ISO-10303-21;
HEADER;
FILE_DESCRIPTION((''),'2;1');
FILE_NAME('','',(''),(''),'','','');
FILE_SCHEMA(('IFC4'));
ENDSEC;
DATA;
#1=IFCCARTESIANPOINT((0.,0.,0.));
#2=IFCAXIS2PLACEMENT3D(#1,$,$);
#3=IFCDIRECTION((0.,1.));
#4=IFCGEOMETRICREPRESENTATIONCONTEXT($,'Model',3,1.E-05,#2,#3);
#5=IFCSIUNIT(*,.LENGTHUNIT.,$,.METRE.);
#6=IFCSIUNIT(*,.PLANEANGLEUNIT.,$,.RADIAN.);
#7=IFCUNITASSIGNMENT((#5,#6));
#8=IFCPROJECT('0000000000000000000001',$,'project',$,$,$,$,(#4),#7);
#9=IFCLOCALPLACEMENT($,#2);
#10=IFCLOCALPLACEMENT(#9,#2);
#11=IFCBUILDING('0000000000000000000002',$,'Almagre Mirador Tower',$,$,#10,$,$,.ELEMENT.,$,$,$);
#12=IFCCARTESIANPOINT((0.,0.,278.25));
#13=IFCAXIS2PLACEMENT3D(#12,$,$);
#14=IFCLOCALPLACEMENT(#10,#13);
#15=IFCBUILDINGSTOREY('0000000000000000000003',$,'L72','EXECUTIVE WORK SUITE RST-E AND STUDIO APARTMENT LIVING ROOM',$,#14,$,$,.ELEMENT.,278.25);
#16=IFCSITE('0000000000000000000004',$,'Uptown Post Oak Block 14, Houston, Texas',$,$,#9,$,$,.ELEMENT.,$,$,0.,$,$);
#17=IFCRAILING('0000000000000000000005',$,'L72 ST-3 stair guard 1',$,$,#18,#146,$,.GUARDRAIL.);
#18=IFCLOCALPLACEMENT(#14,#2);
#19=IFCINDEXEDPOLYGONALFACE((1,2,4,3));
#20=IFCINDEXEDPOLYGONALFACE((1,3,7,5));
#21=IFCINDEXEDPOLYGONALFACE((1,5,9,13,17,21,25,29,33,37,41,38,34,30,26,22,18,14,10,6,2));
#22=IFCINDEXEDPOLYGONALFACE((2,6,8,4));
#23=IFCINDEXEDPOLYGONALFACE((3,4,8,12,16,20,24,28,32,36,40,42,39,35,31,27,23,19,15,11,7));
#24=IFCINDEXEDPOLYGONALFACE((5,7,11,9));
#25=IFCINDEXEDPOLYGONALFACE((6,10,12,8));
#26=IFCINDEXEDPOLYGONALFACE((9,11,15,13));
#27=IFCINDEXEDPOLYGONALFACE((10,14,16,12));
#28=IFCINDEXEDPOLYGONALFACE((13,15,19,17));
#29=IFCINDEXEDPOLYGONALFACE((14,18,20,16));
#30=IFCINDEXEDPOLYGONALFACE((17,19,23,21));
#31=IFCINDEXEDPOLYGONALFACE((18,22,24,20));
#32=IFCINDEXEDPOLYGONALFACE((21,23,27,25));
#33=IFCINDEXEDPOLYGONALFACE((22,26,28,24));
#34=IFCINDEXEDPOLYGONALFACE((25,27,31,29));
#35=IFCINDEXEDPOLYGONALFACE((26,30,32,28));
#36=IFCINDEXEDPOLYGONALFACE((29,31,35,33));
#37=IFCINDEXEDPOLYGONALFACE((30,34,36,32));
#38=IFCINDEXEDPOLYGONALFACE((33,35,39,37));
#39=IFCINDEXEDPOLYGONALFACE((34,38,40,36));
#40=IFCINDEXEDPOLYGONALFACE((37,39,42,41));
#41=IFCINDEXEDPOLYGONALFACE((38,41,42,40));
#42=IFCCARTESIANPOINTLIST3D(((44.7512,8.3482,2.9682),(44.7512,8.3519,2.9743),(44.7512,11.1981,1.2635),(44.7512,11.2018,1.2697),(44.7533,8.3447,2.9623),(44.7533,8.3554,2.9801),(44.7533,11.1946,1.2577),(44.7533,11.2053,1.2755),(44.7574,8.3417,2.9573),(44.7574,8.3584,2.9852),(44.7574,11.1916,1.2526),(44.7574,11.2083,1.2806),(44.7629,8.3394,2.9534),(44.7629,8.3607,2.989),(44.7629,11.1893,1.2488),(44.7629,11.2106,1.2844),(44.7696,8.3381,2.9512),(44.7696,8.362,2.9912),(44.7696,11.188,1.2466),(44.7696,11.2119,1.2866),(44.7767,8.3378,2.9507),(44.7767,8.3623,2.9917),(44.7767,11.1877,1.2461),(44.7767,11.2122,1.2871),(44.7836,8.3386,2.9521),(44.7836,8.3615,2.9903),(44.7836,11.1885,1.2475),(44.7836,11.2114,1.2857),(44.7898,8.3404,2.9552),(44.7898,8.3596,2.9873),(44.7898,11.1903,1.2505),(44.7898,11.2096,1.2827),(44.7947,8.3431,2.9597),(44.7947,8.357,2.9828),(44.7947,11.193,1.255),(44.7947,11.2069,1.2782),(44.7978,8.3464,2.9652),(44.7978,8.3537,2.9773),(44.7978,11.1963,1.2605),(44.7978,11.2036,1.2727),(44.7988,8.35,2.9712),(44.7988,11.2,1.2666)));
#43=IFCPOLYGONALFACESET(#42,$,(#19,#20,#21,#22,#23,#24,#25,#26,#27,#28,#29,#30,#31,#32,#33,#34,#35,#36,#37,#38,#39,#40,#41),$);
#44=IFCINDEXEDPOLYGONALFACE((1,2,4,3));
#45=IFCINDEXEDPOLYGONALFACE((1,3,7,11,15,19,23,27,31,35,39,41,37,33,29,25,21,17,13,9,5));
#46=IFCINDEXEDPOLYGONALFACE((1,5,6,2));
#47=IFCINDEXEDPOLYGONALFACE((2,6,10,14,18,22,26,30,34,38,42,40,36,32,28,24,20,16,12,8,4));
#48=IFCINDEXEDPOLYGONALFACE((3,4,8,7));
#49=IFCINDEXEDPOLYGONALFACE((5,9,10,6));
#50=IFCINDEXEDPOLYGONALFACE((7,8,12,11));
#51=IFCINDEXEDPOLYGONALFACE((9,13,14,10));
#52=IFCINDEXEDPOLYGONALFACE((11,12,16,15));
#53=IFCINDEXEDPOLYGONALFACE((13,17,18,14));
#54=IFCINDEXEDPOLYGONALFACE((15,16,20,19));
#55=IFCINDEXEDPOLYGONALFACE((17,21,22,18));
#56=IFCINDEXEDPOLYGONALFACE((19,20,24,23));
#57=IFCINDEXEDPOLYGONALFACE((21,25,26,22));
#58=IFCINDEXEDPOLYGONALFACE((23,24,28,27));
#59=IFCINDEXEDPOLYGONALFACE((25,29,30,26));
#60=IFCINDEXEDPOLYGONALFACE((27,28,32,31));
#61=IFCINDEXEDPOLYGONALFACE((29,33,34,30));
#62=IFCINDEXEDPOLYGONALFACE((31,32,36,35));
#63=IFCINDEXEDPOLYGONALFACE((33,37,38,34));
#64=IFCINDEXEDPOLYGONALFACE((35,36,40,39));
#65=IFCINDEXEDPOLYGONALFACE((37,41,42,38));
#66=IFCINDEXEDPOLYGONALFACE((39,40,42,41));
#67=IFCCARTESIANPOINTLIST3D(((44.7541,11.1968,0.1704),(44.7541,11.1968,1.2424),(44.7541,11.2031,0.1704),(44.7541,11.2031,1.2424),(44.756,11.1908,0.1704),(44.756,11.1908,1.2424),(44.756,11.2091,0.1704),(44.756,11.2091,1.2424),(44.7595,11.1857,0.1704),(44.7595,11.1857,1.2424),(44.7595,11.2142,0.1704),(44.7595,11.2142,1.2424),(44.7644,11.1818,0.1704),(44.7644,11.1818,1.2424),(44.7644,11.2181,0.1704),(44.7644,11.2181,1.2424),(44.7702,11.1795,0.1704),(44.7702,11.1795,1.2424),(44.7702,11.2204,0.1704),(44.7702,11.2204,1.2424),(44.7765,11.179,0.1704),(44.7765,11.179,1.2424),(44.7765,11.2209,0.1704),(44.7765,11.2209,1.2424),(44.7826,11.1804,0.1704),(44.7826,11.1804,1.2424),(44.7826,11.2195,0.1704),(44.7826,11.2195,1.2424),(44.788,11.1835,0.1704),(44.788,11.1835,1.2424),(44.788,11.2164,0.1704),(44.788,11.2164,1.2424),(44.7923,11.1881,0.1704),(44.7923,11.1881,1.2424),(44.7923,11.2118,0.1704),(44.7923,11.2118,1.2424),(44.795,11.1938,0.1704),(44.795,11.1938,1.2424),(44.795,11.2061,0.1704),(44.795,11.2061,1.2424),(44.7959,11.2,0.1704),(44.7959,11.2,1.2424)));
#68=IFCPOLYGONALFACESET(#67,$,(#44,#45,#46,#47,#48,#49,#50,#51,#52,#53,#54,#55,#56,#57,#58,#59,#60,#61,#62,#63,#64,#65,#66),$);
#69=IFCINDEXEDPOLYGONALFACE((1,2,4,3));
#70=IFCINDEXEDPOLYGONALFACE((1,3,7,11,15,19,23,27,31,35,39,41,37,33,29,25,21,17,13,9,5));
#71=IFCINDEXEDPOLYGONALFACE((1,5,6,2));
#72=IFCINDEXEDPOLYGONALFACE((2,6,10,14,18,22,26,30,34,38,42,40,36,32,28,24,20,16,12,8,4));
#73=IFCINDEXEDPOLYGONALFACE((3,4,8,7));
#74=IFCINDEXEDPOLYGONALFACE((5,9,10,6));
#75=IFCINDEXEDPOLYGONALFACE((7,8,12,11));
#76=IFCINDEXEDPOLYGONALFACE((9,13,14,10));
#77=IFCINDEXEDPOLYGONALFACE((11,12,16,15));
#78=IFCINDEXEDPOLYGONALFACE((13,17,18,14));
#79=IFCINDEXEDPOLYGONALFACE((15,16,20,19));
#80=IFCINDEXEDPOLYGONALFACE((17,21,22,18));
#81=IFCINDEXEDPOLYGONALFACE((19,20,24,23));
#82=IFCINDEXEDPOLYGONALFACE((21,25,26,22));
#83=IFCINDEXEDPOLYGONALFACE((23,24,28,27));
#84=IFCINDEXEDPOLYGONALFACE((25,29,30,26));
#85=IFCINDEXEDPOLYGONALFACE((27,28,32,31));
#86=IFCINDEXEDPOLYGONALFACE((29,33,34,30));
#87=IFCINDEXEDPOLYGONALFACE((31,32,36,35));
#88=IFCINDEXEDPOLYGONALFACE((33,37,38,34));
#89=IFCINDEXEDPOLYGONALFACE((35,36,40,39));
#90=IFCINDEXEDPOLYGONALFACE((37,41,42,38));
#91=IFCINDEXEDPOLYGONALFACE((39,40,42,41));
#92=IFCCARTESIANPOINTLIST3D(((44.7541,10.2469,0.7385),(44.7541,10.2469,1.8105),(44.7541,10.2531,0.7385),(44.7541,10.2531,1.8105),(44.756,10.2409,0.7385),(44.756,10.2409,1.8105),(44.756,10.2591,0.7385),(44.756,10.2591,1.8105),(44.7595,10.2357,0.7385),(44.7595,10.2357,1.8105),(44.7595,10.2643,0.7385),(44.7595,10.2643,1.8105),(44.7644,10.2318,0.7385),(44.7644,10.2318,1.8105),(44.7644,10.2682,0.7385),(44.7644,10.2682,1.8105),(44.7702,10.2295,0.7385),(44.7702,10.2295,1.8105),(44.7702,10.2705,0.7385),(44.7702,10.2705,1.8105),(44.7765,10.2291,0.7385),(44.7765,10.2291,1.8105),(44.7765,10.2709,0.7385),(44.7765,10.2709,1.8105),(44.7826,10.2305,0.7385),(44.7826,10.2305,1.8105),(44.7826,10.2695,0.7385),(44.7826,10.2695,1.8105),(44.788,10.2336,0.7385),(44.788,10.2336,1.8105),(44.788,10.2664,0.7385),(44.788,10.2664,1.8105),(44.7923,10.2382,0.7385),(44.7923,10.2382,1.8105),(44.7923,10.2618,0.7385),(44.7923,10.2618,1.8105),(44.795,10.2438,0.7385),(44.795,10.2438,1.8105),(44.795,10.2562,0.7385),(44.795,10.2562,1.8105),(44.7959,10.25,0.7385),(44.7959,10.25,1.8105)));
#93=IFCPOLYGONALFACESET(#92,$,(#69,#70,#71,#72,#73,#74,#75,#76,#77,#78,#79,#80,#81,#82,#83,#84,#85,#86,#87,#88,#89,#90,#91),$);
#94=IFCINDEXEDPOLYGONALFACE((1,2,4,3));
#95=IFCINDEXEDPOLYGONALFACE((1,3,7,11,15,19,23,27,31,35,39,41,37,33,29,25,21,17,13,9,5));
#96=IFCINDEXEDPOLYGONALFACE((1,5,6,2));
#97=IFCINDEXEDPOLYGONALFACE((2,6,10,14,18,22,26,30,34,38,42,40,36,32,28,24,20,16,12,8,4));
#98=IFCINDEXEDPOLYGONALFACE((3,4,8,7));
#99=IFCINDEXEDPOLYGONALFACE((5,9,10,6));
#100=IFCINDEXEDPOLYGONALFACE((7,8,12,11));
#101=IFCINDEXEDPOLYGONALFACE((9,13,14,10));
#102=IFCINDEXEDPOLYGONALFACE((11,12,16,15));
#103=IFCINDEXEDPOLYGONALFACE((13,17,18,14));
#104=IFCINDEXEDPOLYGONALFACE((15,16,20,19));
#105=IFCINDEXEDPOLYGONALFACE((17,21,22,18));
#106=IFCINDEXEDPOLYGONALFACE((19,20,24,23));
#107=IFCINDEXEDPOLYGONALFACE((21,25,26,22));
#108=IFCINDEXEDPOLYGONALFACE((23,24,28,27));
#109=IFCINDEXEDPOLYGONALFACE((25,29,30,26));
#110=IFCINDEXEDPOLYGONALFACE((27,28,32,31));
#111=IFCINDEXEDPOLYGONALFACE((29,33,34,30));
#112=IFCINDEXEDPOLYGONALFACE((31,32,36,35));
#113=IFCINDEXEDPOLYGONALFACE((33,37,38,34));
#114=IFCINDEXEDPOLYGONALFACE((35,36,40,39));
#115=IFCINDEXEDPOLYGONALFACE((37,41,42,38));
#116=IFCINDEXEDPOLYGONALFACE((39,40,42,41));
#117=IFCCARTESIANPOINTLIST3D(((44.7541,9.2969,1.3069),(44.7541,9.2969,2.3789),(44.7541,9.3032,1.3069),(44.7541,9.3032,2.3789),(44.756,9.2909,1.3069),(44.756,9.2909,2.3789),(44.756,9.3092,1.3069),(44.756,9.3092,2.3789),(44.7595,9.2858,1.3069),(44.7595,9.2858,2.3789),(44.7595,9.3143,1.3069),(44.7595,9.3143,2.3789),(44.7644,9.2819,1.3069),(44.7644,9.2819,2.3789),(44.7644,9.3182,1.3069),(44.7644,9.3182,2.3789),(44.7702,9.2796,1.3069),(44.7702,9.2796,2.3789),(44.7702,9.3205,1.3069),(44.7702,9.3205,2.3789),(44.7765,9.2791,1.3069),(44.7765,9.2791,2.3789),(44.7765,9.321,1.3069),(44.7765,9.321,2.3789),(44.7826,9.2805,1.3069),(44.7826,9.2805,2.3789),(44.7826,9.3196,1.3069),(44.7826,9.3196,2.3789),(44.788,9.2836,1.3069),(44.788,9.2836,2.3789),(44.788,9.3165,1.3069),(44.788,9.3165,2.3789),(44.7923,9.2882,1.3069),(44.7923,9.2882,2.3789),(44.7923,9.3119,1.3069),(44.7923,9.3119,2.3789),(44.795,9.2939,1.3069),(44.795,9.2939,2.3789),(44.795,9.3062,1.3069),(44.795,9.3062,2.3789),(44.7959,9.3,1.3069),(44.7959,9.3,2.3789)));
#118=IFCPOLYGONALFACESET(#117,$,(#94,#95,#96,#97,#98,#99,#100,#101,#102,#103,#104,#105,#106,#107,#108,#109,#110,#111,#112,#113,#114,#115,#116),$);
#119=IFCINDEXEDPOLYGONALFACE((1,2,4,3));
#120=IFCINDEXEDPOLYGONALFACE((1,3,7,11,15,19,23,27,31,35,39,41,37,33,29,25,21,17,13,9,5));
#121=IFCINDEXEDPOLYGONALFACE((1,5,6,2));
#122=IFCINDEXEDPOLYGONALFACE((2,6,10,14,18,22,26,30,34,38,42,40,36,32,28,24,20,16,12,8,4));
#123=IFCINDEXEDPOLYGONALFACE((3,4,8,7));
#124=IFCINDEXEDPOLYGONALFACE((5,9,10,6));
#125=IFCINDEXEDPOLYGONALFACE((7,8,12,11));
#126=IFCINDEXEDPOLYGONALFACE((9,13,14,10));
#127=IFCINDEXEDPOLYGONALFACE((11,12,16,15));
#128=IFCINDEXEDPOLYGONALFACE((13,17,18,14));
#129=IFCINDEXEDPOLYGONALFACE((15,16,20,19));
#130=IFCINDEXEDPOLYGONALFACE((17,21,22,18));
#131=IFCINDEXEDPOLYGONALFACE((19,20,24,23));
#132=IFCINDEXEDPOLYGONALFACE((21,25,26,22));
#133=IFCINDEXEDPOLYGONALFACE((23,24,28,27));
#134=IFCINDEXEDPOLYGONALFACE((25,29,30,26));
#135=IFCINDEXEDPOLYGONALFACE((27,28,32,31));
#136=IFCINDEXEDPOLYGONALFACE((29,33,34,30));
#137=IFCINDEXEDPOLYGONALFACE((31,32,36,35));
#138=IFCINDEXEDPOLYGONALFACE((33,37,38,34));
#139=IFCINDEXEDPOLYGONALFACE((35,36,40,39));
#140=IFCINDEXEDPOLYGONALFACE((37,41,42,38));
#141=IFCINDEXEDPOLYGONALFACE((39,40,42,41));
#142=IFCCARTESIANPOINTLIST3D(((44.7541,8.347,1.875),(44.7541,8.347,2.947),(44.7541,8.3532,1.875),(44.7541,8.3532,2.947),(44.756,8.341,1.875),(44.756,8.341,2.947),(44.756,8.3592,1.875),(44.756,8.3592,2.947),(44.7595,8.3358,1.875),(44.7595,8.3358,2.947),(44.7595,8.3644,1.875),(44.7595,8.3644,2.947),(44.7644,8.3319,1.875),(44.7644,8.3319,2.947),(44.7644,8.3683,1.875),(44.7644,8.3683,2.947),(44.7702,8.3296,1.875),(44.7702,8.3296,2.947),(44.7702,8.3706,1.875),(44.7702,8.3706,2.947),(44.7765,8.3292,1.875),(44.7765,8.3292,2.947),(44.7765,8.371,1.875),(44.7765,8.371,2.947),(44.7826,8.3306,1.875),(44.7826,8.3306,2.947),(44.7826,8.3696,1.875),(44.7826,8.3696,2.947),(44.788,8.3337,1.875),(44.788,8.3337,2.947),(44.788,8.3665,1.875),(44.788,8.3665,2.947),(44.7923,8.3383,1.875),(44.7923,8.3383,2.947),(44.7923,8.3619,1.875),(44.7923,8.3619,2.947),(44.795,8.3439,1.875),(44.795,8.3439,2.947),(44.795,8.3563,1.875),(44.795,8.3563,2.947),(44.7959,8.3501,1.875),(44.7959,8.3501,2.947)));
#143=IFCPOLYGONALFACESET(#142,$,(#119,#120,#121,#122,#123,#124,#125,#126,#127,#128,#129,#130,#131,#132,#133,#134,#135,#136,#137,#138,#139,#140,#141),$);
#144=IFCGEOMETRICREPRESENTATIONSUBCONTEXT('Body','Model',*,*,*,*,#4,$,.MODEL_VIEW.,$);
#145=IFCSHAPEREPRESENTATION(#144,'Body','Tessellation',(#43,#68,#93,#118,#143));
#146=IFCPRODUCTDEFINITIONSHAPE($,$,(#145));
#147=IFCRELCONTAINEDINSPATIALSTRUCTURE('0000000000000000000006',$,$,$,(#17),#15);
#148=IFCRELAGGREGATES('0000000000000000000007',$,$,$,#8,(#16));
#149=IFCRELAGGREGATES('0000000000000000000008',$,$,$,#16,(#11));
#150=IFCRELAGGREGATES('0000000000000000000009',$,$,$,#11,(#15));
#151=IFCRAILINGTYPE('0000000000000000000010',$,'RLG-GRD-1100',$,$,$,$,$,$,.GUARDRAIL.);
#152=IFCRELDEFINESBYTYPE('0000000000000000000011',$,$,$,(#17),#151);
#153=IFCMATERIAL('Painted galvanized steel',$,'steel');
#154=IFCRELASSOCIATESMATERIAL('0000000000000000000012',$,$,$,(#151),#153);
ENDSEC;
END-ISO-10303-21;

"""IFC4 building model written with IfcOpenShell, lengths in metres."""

from ifc_helpers import new_model, si_unit, direction, frame, origin, origin_2d, place, context, subcontext, project, spatial, circle, extrude, material, type_object, element, save


model = new_model("IFC4")

# Units and contexts
model_context = context("Model", 3, precision=1e-05, world=origin(), true_north=direction((0.0, 1.0)))
body_context = subcontext(model_context, "Body", "Model", "MODEL_VIEW")
ifc_project = project(units=[si_unit("LENGTHUNIT", "METRE"), si_unit("PLANEANGLEUNIT", "RADIAN")], contexts=[model_context])

# Site, building, storey
site_placement = place(None, origin())
site = spatial("IfcSite", under=ifc_project, at=site_placement, Name="Uptown Post Oak Block 14, Houston, Texas", CompositionType="ELEMENT", RefElevation=0.0)
building_placement = place(site_placement, origin())
building = spatial("IfcBuilding", under=site, at=building_placement, Name="Almagre Mirador Tower", CompositionType="ELEMENT")
storey_placement = place(building_placement, frame((0.0, 0.0, 278.25)))
storey = spatial("IfcBuildingStorey", under=building, at=storey_placement, Name="L72", Description="EXECUTIVE WORK SUITE RST-E AND STUDIO APARTMENT LIVING ROOM", CompositionType="ELEMENT", Elevation=278.25)

# Railing
ifc_material_1 = material(Name="Painted galvanized steel", Category="steel")
railing_type_1 = type_object("IfcRailingType", Name="RLG-GRD-1100", PredefinedType="GUARDRAIL", material=ifc_material_1)
railing_1_placement = place(storey_placement, frame((44.7749, 11.2, 0.1704)))
element("IfcRailing", 1, at=railing_1_placement, inside=storey, type_object=railing_type_1, Name="L72 ST-3 stair guard 1", PredefinedType="GUARDRAIL", context=body_context, shape_type="SweptSolid", body=[
    extrude(circle(Radius=0.0239, at=origin_2d()), frame((0.0, 0.0, 1.0962), z_axis=(0.0, -0.858199, 0.513317), x_axis=(1.0, 0.0, 0.0)), (0.0, 0.0, 1.0), 3.3208),
    extrude(circle(Radius=0.021, at=origin_2d()), origin(), (0.0, 0.0, 1.0), 1.072),
    extrude(circle(Radius=0.021, at=origin_2d()), frame((0.0, -0.95, 0.5681)), (0.0, 0.0, 1.0), 1.072),
    extrude(circle(Radius=0.021, at=origin_2d()), frame((0.0, -1.8999, 1.1365)), (0.0, 0.0, 1.0), 1.072),
    extrude(circle(Radius=0.021, at=origin_2d()), frame((0.0, -2.8499, 1.7046)), (0.0, 0.0, 1.0), 1.072),
])

save(model, "model.ifc")
